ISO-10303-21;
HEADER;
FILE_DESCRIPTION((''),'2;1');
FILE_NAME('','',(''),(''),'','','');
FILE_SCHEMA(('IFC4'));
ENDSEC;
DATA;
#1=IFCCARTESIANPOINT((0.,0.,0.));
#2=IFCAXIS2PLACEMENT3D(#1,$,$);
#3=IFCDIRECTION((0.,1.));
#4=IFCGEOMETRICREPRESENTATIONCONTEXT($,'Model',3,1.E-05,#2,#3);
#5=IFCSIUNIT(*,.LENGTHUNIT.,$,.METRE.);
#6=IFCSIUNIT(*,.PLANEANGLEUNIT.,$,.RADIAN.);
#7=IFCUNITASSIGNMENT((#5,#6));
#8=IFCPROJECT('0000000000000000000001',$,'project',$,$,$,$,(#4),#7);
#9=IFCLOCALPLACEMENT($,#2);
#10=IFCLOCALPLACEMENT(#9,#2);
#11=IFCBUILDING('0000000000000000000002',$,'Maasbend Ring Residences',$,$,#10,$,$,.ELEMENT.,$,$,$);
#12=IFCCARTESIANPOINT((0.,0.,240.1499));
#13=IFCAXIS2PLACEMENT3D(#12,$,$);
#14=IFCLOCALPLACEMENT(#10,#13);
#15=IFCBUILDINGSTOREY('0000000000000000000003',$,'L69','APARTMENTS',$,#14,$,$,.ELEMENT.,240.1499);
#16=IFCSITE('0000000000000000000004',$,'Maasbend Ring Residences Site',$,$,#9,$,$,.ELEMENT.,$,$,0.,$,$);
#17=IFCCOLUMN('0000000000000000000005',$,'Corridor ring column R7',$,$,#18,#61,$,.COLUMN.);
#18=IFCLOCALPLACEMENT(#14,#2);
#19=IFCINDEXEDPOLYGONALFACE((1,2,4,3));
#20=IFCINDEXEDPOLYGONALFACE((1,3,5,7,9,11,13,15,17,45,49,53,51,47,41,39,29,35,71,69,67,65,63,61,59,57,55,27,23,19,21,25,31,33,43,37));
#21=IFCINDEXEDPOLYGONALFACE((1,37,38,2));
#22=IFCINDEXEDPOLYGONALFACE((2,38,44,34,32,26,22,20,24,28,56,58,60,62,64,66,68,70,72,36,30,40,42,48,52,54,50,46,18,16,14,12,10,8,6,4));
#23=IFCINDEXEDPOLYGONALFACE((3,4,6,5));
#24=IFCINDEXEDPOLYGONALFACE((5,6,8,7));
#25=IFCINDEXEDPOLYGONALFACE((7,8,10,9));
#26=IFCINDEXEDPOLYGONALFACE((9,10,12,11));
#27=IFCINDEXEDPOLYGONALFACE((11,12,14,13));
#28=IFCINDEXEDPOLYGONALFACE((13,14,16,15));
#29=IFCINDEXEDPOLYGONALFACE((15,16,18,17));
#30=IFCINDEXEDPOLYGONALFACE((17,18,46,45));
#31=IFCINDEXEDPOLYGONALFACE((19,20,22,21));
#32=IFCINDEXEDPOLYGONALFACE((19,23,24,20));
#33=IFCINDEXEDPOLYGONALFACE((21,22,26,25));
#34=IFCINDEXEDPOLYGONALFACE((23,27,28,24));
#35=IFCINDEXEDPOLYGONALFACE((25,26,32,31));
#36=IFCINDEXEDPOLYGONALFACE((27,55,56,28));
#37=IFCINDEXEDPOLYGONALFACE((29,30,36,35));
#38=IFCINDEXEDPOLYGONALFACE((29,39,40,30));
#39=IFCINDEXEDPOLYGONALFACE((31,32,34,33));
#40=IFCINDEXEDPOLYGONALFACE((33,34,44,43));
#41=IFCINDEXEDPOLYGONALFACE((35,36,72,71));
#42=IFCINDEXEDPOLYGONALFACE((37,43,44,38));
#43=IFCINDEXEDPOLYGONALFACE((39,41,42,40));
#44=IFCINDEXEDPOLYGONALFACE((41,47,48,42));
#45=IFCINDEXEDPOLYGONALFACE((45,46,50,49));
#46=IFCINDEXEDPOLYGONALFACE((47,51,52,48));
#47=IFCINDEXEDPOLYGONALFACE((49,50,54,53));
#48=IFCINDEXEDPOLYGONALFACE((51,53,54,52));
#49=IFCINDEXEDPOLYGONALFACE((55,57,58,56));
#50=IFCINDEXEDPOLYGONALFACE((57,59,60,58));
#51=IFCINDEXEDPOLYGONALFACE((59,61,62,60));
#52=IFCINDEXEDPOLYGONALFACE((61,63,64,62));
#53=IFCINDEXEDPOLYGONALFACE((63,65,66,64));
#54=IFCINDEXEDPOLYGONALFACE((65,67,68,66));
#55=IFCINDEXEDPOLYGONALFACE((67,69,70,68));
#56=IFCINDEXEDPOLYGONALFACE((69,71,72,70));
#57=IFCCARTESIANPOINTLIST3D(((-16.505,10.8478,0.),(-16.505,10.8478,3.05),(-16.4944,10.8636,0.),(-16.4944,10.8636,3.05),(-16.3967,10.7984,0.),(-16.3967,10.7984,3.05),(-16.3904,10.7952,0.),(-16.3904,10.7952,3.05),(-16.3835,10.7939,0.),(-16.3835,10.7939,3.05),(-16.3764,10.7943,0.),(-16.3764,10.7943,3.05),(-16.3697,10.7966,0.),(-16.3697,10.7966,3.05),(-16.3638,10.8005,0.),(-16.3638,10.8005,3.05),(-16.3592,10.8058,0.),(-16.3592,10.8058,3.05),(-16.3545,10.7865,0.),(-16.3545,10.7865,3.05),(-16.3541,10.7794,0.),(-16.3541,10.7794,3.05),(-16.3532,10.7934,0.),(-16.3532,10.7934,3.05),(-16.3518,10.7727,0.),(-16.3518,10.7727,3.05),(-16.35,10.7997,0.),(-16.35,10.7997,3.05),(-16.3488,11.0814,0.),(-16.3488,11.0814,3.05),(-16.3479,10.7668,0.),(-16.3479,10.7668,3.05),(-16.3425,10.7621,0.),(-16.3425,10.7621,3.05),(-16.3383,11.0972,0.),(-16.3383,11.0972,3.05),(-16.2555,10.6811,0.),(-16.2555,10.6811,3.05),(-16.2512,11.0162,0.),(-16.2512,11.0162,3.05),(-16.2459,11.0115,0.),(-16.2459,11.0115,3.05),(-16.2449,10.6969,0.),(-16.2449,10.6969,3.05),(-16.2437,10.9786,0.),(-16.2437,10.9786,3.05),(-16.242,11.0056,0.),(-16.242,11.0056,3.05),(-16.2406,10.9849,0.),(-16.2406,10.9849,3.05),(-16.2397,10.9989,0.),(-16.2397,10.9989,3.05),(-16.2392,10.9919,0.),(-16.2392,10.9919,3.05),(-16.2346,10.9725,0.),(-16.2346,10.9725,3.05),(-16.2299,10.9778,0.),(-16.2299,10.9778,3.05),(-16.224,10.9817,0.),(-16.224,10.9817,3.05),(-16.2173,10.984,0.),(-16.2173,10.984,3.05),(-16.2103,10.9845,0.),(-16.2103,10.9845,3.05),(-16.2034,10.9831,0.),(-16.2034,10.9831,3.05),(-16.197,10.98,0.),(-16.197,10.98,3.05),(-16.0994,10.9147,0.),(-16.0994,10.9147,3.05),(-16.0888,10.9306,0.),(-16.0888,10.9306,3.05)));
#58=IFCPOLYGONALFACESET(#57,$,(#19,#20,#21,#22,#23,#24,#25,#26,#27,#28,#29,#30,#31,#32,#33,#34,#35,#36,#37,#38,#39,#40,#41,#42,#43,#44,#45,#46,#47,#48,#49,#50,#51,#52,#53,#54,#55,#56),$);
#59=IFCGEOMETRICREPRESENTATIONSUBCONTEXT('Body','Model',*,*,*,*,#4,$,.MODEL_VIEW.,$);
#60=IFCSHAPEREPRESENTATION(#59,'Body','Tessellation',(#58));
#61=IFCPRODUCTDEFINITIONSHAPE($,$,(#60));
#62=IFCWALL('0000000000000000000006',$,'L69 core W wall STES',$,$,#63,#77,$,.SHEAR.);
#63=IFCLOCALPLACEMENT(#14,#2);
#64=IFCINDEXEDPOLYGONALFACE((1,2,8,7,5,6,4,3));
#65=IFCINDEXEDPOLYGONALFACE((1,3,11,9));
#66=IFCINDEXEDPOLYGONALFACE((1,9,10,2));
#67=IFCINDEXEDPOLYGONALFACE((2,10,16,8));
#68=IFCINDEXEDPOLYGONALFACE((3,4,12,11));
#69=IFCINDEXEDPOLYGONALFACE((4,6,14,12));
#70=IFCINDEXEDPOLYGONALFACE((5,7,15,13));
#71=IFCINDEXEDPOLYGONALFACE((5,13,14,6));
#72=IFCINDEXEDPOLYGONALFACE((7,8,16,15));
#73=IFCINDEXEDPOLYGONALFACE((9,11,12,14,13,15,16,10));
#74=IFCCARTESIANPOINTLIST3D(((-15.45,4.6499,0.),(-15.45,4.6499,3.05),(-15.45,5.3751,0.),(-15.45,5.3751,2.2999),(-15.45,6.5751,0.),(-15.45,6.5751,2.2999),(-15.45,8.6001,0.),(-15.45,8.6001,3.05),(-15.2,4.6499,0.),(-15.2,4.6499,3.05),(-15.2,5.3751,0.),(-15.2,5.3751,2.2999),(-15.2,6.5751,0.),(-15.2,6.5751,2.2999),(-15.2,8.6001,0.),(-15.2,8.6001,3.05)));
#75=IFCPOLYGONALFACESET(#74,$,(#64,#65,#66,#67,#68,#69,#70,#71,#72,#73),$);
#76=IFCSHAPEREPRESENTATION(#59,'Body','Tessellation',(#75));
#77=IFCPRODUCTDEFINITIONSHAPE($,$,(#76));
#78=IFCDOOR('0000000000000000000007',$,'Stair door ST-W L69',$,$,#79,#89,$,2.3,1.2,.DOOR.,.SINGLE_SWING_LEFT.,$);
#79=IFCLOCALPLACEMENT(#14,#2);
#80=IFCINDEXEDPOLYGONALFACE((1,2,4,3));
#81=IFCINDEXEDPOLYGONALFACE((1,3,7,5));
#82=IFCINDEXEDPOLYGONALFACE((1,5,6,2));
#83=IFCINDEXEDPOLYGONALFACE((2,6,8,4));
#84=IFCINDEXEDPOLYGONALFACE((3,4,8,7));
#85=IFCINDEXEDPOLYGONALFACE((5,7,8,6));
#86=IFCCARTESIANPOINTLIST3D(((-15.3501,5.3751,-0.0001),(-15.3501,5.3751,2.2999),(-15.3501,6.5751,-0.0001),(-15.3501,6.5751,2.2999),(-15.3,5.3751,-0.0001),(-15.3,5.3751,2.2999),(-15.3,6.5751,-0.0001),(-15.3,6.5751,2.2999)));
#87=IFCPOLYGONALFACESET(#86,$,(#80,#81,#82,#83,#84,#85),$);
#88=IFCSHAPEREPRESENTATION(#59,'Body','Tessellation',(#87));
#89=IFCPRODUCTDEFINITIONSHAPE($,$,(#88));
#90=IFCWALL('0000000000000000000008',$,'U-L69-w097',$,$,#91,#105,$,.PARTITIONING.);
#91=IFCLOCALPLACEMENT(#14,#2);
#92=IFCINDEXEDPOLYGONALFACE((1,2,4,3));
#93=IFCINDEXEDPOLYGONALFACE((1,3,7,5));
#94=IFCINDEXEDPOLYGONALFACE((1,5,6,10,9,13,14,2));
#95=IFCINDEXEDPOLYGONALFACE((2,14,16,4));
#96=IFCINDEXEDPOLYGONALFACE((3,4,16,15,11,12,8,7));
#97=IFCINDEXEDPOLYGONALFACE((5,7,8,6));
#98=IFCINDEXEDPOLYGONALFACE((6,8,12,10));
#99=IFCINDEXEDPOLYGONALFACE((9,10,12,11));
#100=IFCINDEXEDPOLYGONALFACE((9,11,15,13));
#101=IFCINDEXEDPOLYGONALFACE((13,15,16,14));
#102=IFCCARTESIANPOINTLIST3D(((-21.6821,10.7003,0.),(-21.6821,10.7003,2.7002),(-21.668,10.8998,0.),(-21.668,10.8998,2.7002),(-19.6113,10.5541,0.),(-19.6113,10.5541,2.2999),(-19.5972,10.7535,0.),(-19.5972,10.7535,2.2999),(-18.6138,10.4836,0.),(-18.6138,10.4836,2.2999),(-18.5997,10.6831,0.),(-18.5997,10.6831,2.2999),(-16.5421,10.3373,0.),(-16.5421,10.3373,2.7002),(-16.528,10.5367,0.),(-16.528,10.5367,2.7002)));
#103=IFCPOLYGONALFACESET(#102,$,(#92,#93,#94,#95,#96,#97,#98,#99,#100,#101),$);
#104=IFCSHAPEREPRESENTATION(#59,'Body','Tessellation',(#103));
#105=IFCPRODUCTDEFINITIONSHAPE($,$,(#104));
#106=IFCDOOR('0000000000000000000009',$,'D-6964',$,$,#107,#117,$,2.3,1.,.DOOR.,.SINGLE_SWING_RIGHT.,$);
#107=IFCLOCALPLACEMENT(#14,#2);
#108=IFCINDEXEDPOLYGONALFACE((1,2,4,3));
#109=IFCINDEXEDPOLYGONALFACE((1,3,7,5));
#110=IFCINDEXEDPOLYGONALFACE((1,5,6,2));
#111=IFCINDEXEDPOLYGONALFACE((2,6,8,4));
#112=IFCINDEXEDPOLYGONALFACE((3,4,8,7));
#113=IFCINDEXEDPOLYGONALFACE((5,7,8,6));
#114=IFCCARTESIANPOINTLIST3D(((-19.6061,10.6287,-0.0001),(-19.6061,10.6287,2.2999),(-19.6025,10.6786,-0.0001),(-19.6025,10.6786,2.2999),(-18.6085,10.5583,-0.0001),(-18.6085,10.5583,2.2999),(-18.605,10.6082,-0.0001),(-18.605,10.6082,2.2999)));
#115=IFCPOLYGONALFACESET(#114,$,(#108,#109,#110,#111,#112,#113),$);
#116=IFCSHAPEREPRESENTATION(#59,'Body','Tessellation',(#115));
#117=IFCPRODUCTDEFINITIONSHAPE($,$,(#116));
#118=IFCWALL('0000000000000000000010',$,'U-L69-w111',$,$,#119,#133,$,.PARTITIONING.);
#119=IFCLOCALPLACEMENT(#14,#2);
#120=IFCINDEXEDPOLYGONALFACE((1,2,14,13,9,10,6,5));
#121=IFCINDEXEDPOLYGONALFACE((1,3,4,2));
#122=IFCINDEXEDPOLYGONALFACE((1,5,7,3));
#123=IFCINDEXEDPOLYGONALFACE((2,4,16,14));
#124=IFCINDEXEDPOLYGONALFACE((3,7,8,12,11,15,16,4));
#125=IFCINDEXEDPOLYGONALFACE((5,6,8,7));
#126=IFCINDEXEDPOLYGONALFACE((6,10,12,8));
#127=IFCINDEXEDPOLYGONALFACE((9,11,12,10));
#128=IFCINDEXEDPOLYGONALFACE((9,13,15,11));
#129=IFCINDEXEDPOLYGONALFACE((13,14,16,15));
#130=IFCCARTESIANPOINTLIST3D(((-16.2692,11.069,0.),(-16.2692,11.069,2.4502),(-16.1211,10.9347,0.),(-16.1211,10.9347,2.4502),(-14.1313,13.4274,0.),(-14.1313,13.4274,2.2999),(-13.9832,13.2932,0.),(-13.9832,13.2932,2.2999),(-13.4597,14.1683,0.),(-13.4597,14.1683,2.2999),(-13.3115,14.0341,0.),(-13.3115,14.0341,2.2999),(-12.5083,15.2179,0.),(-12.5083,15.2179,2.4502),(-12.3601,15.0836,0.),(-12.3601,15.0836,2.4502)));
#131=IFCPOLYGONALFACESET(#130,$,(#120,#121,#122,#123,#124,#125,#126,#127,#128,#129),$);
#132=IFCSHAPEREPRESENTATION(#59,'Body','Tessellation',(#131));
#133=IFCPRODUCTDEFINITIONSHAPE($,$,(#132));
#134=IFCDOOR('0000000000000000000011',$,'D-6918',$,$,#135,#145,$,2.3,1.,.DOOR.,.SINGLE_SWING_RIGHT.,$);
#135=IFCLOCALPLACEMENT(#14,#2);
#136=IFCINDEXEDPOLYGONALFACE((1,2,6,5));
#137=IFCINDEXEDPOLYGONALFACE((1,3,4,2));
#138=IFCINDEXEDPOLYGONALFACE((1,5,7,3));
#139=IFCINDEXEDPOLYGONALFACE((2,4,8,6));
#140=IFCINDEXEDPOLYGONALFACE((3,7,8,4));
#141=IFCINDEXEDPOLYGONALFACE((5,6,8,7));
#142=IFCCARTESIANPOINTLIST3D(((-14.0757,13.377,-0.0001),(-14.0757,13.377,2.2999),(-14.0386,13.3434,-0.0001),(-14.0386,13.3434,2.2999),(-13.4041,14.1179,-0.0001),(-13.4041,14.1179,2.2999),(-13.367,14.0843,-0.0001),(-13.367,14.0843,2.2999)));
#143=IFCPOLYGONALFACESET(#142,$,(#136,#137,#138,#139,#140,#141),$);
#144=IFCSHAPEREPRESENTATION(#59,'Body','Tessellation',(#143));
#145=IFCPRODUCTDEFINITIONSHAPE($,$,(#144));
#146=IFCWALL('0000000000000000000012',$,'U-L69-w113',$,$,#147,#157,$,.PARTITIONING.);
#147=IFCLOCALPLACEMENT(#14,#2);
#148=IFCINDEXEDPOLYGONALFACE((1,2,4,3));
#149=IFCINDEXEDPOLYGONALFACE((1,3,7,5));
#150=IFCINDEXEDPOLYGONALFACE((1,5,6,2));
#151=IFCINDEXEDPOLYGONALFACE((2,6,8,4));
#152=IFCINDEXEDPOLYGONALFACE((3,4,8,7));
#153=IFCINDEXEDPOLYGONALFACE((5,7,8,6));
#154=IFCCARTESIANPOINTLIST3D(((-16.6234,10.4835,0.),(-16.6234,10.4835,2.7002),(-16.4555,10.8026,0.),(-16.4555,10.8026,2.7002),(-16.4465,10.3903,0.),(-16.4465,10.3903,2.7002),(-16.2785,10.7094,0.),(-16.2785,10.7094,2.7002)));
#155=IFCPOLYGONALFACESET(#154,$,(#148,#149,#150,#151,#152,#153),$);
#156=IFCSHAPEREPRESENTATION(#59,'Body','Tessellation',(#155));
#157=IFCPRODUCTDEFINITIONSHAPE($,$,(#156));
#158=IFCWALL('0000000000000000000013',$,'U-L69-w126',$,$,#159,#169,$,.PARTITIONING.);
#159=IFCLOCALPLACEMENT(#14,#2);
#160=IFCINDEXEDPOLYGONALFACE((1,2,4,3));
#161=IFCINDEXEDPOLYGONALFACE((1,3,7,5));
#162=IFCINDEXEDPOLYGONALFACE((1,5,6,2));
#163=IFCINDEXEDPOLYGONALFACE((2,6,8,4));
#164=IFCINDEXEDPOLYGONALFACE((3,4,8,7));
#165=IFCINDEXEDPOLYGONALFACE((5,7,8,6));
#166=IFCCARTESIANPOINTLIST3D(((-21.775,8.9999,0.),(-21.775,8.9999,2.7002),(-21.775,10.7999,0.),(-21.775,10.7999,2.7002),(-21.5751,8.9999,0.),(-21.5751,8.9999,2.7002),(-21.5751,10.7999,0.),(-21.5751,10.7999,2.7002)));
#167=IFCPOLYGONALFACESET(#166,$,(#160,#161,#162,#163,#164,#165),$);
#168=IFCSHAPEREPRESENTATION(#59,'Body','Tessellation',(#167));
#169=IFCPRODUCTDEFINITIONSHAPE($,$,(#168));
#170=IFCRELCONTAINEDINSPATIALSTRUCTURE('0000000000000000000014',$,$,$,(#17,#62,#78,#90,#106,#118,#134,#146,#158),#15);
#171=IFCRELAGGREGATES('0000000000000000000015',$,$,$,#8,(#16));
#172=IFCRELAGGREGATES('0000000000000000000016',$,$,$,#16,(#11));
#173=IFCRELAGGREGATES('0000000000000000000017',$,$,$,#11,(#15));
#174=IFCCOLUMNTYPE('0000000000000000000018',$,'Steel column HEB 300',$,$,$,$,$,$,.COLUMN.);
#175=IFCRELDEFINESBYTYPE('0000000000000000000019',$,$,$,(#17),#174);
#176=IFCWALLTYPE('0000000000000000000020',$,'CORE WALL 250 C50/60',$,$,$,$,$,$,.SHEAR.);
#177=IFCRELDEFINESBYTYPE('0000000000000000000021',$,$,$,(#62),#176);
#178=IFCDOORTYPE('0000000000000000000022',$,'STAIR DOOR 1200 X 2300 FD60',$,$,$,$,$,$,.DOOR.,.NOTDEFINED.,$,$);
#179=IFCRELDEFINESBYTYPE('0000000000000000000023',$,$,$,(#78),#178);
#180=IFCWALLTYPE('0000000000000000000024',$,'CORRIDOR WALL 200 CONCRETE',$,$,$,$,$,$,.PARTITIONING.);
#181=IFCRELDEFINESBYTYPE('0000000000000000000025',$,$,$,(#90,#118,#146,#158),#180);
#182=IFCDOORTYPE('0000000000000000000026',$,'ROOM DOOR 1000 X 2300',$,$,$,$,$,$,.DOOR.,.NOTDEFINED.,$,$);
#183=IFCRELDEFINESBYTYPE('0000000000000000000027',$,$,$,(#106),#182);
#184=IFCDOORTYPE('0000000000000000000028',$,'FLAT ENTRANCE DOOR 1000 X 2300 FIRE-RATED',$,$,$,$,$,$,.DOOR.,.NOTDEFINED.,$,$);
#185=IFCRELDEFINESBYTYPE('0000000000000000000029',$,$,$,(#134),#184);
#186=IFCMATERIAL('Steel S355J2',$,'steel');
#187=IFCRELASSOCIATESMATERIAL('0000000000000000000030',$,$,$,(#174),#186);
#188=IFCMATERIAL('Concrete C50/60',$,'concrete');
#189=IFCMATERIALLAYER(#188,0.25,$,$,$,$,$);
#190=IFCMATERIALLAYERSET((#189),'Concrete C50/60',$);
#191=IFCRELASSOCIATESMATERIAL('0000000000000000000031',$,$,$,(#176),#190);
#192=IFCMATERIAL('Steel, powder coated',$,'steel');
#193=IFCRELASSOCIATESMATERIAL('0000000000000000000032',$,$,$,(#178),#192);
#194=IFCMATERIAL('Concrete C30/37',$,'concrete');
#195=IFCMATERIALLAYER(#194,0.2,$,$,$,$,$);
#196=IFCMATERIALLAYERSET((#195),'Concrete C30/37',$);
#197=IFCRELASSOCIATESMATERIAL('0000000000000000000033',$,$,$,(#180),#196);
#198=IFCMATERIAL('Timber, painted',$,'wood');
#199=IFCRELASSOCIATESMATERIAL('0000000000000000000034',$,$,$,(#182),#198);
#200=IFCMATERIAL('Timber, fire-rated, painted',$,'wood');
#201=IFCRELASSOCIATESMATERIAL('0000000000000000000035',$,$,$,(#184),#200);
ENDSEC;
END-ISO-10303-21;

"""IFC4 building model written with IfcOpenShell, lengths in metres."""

from ifc_helpers import new_model, si_unit, direction, frame, frame_2d, origin, origin_2d, place, context, subcontext, project, spatial, rectangle, i_section, extrude, material, layer, layer_set, material_profile, profile_set, type_object, element, fill, save


model = new_model("IFC4")

# Units and contexts
model_context = context("Model", 3, precision=1e-05, world=origin(), true_north=direction((0.0, 1.0)))
body_context = subcontext(model_context, "Body", "Model", "MODEL_VIEW")
ifc_project = project(units=[si_unit("LENGTHUNIT", "METRE"), si_unit("PLANEANGLEUNIT", "RADIAN")], contexts=[model_context])

# Site, building, storey
site_placement = place(None, origin())
site = spatial("IfcSite", under=ifc_project, at=site_placement, Name="Maasbend Ring Residences Site", CompositionType="ELEMENT", RefElevation=0.0)
building_placement = place(site_placement, origin())
building = spatial("IfcBuilding", under=site, at=building_placement, Name="Maasbend Ring Residences", CompositionType="ELEMENT")
storey_placement = place(building_placement, frame((0.0, 0.0, 240.1499)))
storey = spatial("IfcBuildingStorey", under=building, at=storey_placement, Name="L69", Description="APARTMENTS", CompositionType="ELEMENT", Elevation=240.1499)

# Column
ifc_material_1 = material(Name="Steel S355J2", Category="steel")
ifc_material_profile = material_profile(ifc_material_1, i_section(OverallWidth=0.3, OverallDepth=0.3, WebThickness=0.011, FlangeThickness=0.019, FilletRadius=0.0271, at=origin_2d()), Name="HEB 300")
ifc_profile_set = profile_set([ifc_material_profile], Name="Steel S355J2")
column_type = type_object("IfcColumnType", Name="Steel column HEB 300", PredefinedType="COLUMN", material=ifc_profile_set)
column_placement = place(storey_placement, frame((-16.2969, 10.8892, 0.0), z_axis=(0.0, 0.0, 1.0), x_axis=(-0.83147, 0.55557, 0.0)))
element("IfcColumn", 1, at=column_placement, inside=storey, type_object=column_type, Name="Corridor ring column R7", PredefinedType="COLUMN", context=body_context, shape_type="SweptSolid", body=[
    extrude(i_section(OverallWidth=0.3, OverallDepth=0.3, WebThickness=0.011, FlangeThickness=0.019, FilletRadius=0.0271, at=origin_2d()), origin(), (0.0, 0.0, 1.0), 3.05),
])

# Walls, openings, doors
ifc_material_2 = material(Name="Concrete C50/60", Category="concrete")
ifc_layer_1 = layer(ifc_material_2, 0.25)
ifc_layer_set_1 = layer_set([ifc_layer_1], Name="Concrete C50/60")
wall_type_1 = type_object("IfcWallType", Name="CORE WALL 250 C50/60", PredefinedType="SHEAR", material=ifc_layer_set_1)
wall_1_placement = place(storey_placement, frame((-15.325, 8.6001, 0.0), z_axis=(0.0, 0.0, 1.0), x_axis=(0.0, -1.0, 0.0)))
wall_1 = element("IfcWall", 2, at=wall_1_placement, inside=storey, type_object=wall_type_1, Name="L69 core W wall STES", PredefinedType="SHEAR", context=body_context, shape_type="SweptSolid", body=[
    extrude(rectangle(XDim=3.9502, YDim=0.25, at=frame_2d((1.9751, 0.0))), origin(), (0.0, 0.0, 1.0), 3.05),
])
opening_1_placement = place(wall_1_placement, frame((2.0249, 0.0, 0.0)))
opening_1 = element("IfcOpeningElement", 3, at=opening_1_placement, cuts=wall_1, PredefinedType="OPENING", context=body_context, shape_type="SweptSolid", body=[
    extrude(rectangle(XDim=1.2, YDim=2.3, at=frame_2d((0.6001, 1.1499))), frame((0.0, 0.135, 0.0), z_axis=(0.0, -1.0, 0.0), x_axis=(1.0, 0.0, 0.0)), (0.0, 0.0, 1.0), 0.27),
])
ifc_material_3 = material(Name="Steel, powder coated", Category="steel")
door_type_1 = type_object("IfcDoorType", Name="STAIR DOOR 1200 X 2300 FD60", OperationType="NOTDEFINED", PredefinedType="DOOR", material=ifc_material_3)
door_1_placement = place(opening_1_placement, origin())
door_1 = element("IfcDoor", 4, at=door_1_placement, inside=storey, type_object=door_type_1, Name="Stair door ST-W L69", OperationType="SINGLE_SWING_LEFT", OverallHeight=2.3, OverallWidth=1.2, PredefinedType="DOOR", context=body_context, shape_type="SweptSolid", body=[
    extrude(rectangle(XDim=1.2, YDim=2.3, at=frame_2d((0.6001, 1.1499))), frame((0.0, 0.0249, 0.0), z_axis=(0.0, -1.0, 0.0), x_axis=(1.0, 0.0, 0.0)), (0.0, 0.0, 1.0), 0.05),
])
fill(opening_1, door_1)
ifc_material_4 = material(Name="Concrete C30/37", Category="concrete")
ifc_layer_2 = layer(ifc_material_4, 0.2)
ifc_layer_set_2 = layer_set([ifc_layer_2], Name="Concrete C30/37")
wall_type_2 = type_object("IfcWallType", Name="CORRIDOR WALL 200 CONCRETE", PredefinedType="PARTITIONING", material=ifc_layer_set_2)
wall_2_placement = place(storey_placement, frame((-21.675, 10.8, 0.0), z_axis=(0.0, 0.0, 1.0), x_axis=(0.997515, -0.070452, 0.0)))
wall_2 = element("IfcWall", 5, at=wall_2_placement, inside=storey, type_object=wall_type_2, Name="U-L69-w097", PredefinedType="PARTITIONING", context=body_context, shape_type="SweptSolid", body=[
    extrude(rectangle(XDim=5.1528, YDim=0.2, at=frame_2d((2.5764, 0.0))), origin(), (0.0, 0.0, 1.0), 2.7002),
])
opening_2_placement = place(wall_2_placement, frame((2.0759, 0.0, 0.0)))
opening_2 = element("IfcOpeningElement", 6, at=opening_2_placement, cuts=wall_2, PredefinedType="OPENING", context=body_context, shape_type="SweptSolid", body=[
    extrude(rectangle(XDim=1.0, YDim=2.3, at=frame_2d((0.5, 1.1499))), frame((0.0, 0.1099, 0.0), z_axis=(0.0, -1.0, 0.0), x_axis=(1.0, 0.0, 0.0)), (0.0, 0.0, 1.0), 0.22),
])
ifc_material_5 = material(Name="Timber, painted", Category="wood")
door_type_2 = type_object("IfcDoorType", Name="ROOM DOOR 1000 X 2300", OperationType="NOTDEFINED", PredefinedType="DOOR", material=ifc_material_5)
door_2_placement = place(opening_2_placement, origin())
door_2 = element("IfcDoor", 7, at=door_2_placement, inside=storey, type_object=door_type_2, Name="D-6964", OperationType="SINGLE_SWING_RIGHT", OverallHeight=2.3, OverallWidth=1.0, PredefinedType="DOOR", context=body_context, shape_type="SweptSolid", body=[
    extrude(rectangle(XDim=1.0, YDim=2.3, at=frame_2d((0.5, 1.1499))), frame((0.0, 0.0249, 0.0), z_axis=(0.0, -1.0, 0.0), x_axis=(1.0, 0.0, 0.0)), (0.0, 0.0, 1.0), 0.05),
])
fill(opening_2, door_2)
wall_3_placement = place(storey_placement, frame((-16.1951, 11.002, 0.0), z_axis=(0.0, 0.0, 1.0), x_axis=(0.67162, 0.740896, 0.0)))
wall_3 = element("IfcWall", 8, at=wall_3_placement, inside=storey, type_object=wall_type_2, Name="U-L69-w111", PredefinedType="PARTITIONING", context=body_context, shape_type="SweptSolid", body=[
    extrude(rectangle(XDim=5.5999, YDim=0.2, at=frame_2d((2.7998, 0.0))), origin(), (0.0, 0.0, 1.0), 2.4502),
])
opening_3_placement = place(wall_3_placement, frame((3.1831, 0.0, 0.0)))
opening_3 = element("IfcOpeningElement", 9, at=opening_3_placement, cuts=wall_3, PredefinedType="OPENING", context=body_context, shape_type="SweptSolid", body=[
    extrude(rectangle(XDim=1.0, YDim=2.3, at=frame_2d((0.5, 1.1499))), frame((0.0, 0.1099, 0.0), z_axis=(0.0, -1.0, 0.0), x_axis=(1.0, 0.0, 0.0)), (0.0, 0.0, 1.0), 0.22),
])
ifc_material_6 = material(Name="Timber, fire-rated, painted", Category="wood")
door_type_3 = type_object("IfcDoorType", Name="FLAT ENTRANCE DOOR 1000 X 2300 FIRE-RATED", OperationType="NOTDEFINED", PredefinedType="DOOR", material=ifc_material_6)
door_3_placement = place(opening_3_placement, origin())
door_3 = element("IfcDoor", 10, at=door_3_placement, inside=storey, type_object=door_type_3, Name="D-6918", OperationType="SINGLE_SWING_RIGHT", OverallHeight=2.3, OverallWidth=1.0, PredefinedType="DOOR", context=body_context, shape_type="SweptSolid", body=[
    extrude(rectangle(XDim=1.0, YDim=2.3, at=frame_2d((0.5, 1.1499))), frame((0.0, 0.0249, 0.0), z_axis=(0.0, -1.0, 0.0), x_axis=(1.0, 0.0, 0.0)), (0.0, 0.0, 1.0), 0.05),
])
fill(opening_3, door_3)

# Walls
wall_4_placement = place(storey_placement, frame((-16.5349, 10.437, 0.0), z_axis=(0.0, 0.0, 1.0), x_axis=(0.465802, 0.884889, 0.0)))
element("IfcWall", 11, at=wall_4_placement, inside=storey, type_object=wall_type_2, Name="U-L69-w113", PredefinedType="PARTITIONING", context=body_context, shape_type="SweptSolid", body=[
    extrude(rectangle(XDim=0.3606, YDim=0.2, at=frame_2d((0.1802, 0.0))), origin(), (0.0, 0.0, 1.0), 2.7002),
])
wall_5_placement = place(storey_placement, frame((-21.675, 9.0, 0.0), z_axis=(0.0, 0.0, 1.0), x_axis=(0.0, 1.0, 0.0)))
element("IfcWall", 12, at=wall_5_placement, inside=storey, type_object=wall_type_2, Name="U-L69-w126", PredefinedType="PARTITIONING", context=body_context, shape_type="SweptSolid", body=[
    extrude(rectangle(XDim=1.8, YDim=0.2, at=frame_2d((0.8999, 0.0))), origin(), (0.0, 0.0, 1.0), 2.7002),
])

save(model, "model.ifc")
